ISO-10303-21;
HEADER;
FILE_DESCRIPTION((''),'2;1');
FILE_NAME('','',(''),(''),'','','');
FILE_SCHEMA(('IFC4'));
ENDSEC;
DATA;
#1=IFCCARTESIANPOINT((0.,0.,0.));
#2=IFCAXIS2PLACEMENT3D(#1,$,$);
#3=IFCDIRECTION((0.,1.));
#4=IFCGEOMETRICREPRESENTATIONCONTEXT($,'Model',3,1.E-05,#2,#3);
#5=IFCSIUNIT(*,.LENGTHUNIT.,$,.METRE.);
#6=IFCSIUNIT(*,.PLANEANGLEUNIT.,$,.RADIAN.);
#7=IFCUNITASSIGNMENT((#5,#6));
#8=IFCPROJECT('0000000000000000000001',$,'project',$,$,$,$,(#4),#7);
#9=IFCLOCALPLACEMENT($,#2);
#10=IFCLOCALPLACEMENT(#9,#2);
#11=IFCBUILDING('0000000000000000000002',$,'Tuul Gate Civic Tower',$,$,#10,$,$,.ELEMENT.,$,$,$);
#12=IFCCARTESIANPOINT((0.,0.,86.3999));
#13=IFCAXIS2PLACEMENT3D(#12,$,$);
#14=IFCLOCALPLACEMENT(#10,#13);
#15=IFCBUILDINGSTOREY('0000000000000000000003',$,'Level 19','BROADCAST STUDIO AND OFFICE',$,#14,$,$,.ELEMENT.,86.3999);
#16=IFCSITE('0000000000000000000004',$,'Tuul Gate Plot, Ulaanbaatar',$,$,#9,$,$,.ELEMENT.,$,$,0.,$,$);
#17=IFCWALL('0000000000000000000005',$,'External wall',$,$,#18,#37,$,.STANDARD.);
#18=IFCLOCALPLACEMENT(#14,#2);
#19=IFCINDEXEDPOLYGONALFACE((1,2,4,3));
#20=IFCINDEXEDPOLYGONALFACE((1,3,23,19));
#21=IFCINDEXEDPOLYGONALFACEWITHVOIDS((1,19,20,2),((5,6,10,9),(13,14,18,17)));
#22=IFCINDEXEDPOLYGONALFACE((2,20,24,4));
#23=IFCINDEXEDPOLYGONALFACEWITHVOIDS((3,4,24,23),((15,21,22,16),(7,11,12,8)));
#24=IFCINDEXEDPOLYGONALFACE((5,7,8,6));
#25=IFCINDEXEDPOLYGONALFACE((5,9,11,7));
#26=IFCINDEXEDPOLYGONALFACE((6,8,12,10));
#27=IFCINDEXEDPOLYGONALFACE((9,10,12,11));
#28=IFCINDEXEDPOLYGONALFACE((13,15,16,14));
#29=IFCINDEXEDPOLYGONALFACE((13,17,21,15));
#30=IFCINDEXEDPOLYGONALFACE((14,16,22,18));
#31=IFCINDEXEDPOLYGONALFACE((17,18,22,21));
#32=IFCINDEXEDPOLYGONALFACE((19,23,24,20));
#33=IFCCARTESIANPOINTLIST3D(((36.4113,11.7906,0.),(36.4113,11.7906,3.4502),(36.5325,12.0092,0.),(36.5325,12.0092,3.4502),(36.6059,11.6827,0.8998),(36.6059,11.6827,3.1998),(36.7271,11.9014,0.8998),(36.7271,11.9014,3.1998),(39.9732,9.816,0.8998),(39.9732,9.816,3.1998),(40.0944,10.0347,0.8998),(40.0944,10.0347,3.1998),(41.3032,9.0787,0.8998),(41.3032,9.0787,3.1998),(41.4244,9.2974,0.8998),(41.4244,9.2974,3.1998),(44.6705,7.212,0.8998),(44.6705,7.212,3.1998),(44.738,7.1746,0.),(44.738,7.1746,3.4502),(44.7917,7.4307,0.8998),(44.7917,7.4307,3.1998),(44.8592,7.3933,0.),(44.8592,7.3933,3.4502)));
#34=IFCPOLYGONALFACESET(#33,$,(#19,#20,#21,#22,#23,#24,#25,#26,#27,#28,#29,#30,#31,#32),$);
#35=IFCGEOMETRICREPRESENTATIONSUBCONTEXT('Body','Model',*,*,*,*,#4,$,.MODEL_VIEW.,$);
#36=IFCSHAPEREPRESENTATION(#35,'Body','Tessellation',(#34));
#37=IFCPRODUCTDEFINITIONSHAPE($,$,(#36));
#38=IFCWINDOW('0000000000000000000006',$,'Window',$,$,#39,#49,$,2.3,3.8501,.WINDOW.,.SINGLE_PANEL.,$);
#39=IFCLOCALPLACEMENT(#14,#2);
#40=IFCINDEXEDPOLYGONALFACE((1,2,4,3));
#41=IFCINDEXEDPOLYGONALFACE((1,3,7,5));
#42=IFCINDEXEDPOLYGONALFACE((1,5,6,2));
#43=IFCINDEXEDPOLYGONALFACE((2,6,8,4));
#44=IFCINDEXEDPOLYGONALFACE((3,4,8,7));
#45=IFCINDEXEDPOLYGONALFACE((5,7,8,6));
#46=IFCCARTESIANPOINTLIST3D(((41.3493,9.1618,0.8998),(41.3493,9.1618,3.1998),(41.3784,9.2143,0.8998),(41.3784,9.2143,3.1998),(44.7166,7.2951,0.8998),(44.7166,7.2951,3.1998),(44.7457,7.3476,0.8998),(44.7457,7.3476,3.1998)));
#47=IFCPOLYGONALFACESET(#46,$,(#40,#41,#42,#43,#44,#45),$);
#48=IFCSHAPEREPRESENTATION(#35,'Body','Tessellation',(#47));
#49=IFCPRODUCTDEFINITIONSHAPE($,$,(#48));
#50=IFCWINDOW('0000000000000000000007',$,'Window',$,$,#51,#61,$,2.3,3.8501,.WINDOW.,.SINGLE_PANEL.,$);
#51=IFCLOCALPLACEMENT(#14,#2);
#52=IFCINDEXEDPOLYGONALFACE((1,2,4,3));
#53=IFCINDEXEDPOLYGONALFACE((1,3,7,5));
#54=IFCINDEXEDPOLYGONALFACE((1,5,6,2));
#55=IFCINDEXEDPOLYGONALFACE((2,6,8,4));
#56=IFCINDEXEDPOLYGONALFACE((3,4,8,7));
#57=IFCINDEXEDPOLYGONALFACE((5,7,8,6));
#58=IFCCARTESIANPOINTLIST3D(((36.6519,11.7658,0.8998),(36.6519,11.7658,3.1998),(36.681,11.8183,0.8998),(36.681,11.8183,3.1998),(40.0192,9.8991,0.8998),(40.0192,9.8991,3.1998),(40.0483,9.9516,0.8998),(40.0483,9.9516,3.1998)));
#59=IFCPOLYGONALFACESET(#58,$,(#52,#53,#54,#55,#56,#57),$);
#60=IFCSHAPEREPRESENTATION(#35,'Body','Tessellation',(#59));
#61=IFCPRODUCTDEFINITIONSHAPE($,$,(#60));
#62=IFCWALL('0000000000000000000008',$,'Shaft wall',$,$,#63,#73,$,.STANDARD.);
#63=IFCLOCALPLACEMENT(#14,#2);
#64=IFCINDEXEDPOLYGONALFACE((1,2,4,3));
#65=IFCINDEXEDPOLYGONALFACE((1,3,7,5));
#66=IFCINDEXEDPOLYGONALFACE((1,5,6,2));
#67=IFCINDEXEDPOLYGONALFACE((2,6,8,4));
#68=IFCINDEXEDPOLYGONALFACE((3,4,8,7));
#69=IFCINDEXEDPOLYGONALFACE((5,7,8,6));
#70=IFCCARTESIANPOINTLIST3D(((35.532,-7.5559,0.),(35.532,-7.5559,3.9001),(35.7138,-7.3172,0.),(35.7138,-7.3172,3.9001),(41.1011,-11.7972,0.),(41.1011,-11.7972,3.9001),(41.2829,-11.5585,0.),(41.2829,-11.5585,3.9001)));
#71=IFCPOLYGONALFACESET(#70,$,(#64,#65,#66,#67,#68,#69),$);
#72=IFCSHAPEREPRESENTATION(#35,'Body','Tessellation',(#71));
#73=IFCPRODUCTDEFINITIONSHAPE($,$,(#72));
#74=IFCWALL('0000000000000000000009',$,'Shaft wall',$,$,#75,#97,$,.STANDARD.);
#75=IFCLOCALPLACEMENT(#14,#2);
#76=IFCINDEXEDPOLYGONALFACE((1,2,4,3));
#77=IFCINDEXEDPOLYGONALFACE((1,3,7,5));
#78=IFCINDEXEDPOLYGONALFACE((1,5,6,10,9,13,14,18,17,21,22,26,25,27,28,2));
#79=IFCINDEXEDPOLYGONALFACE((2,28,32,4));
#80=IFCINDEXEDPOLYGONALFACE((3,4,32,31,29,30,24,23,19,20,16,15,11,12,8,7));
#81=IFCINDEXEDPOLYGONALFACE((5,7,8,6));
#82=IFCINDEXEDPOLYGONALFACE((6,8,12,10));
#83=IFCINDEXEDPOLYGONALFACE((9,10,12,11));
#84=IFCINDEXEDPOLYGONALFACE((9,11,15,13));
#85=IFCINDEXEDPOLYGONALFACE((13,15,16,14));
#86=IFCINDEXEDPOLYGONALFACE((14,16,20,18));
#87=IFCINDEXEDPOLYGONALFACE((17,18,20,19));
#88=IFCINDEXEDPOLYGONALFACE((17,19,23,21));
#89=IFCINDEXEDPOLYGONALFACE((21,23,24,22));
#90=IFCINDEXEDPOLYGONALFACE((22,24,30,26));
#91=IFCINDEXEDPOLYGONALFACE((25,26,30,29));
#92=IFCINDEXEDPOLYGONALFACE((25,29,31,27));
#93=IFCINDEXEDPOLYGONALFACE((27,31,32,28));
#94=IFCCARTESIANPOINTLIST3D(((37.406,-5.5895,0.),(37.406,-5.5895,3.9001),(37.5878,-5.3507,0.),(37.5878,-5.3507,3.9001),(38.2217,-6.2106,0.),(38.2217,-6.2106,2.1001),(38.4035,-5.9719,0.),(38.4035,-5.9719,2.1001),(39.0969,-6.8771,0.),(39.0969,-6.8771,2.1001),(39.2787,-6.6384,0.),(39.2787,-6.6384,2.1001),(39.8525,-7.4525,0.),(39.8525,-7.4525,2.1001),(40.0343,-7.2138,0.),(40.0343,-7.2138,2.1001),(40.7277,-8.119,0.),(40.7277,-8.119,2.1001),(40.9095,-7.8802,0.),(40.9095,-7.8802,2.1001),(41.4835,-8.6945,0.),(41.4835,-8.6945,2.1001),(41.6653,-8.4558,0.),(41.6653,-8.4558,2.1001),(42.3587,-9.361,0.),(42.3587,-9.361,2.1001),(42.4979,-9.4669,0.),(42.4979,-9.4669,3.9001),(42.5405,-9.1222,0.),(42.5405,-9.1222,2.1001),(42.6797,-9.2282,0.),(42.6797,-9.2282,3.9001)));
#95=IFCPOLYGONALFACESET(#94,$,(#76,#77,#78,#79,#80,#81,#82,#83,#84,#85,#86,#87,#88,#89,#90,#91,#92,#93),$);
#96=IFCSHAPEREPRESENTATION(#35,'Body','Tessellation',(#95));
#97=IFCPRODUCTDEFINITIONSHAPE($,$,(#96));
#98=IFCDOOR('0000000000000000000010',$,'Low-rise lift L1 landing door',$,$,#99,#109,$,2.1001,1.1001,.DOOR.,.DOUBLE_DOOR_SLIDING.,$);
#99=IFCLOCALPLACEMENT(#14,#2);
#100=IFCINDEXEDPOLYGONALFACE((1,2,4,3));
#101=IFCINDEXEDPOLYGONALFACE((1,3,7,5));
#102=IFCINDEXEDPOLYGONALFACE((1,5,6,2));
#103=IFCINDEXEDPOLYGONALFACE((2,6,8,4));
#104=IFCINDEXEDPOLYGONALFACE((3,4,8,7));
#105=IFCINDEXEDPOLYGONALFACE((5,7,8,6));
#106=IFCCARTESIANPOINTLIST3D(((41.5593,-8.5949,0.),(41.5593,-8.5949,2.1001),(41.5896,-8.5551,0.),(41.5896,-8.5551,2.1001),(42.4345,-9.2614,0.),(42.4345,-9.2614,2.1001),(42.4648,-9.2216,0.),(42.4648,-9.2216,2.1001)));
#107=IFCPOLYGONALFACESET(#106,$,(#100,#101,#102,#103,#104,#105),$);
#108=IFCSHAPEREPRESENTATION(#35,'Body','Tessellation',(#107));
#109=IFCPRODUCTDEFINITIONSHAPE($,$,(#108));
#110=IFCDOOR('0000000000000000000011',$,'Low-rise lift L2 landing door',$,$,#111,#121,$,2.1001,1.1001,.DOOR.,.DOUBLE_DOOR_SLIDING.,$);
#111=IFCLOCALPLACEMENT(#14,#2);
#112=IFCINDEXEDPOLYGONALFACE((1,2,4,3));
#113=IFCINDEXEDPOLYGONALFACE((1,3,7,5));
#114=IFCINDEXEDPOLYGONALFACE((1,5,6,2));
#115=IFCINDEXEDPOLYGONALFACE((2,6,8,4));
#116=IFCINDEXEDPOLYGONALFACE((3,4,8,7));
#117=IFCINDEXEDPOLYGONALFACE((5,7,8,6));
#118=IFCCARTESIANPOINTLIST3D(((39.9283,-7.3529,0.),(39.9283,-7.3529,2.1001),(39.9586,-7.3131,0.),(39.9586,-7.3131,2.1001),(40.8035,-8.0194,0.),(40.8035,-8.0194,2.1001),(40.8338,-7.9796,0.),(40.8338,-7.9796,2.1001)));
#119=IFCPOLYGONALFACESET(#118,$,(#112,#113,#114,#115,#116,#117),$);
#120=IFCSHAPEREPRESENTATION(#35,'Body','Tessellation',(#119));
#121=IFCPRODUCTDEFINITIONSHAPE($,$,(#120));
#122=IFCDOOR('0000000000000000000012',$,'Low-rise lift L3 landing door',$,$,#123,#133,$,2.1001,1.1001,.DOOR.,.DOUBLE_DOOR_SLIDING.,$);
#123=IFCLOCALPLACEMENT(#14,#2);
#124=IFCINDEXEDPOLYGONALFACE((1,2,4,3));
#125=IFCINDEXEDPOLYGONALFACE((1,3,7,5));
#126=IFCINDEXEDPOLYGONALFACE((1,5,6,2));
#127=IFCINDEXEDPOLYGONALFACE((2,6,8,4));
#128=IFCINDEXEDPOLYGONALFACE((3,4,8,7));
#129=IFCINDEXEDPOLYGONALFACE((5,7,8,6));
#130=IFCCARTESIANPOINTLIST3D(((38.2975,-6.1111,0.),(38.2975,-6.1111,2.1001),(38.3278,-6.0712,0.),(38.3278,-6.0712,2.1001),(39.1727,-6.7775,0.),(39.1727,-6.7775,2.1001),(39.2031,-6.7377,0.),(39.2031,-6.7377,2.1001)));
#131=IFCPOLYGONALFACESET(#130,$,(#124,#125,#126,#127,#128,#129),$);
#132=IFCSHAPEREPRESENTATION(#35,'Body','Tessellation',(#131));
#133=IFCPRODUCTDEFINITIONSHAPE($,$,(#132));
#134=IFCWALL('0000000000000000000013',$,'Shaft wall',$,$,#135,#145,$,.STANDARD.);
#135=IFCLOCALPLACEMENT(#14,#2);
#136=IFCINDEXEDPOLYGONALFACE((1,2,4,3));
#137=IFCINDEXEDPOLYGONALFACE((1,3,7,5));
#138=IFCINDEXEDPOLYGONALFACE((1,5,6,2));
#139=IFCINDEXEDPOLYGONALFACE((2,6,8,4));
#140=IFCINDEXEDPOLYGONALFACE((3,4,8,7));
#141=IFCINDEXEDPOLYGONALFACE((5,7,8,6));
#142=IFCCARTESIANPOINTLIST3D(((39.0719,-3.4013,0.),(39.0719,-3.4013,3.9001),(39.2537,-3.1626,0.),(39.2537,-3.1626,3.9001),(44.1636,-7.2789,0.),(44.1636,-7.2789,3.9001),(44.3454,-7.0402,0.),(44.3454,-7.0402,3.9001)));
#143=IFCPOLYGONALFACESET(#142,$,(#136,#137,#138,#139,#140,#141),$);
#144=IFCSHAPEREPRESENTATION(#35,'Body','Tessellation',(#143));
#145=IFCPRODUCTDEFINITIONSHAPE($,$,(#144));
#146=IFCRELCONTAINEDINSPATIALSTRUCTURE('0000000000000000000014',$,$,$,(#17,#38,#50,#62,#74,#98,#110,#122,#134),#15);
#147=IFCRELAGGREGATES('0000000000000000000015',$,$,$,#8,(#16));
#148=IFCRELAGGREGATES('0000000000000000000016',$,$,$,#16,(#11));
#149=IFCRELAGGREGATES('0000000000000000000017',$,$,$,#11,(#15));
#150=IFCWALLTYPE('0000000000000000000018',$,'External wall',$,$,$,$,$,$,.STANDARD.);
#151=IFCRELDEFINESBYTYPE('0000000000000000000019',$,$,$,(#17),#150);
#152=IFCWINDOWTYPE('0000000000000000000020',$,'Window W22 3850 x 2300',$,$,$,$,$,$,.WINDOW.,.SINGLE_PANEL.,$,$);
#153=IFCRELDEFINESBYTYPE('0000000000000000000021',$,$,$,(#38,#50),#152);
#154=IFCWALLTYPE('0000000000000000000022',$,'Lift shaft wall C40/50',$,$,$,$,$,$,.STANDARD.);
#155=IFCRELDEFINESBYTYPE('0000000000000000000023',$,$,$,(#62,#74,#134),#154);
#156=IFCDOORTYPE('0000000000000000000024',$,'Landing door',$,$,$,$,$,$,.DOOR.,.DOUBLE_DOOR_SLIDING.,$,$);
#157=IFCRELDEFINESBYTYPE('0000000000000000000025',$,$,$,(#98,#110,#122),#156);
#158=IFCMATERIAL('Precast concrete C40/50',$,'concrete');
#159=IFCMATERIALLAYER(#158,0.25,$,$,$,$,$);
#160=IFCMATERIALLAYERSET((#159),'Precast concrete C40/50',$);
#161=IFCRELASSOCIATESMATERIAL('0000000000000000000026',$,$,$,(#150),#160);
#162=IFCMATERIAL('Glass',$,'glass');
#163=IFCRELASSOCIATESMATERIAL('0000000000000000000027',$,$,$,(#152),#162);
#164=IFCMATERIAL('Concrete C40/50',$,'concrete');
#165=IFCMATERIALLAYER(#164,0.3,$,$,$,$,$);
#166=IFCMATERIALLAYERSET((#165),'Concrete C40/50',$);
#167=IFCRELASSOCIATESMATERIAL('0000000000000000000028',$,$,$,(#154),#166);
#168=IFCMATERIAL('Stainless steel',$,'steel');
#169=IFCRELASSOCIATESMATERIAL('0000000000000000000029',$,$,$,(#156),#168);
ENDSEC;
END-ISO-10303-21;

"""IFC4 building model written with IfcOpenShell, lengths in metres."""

from ifc_helpers import new_model, si_unit, direction, frame, frame_2d, origin, place, context, subcontext, project, spatial, rectangle, extrude, material, layer, layer_set, type_object, element, fill, save


model = new_model("IFC4")

# Units and contexts
model_context = context("Model", 3, precision=1e-05, world=origin(), true_north=direction((0.0, 1.0)))
body_context = subcontext(model_context, "Body", "Model", "MODEL_VIEW")
ifc_project = project(units=[si_unit("LENGTHUNIT", "METRE"), si_unit("PLANEANGLEUNIT", "RADIAN")], contexts=[model_context])

# Site, building, storey
site_placement = place(None, origin())
site = spatial("IfcSite", under=ifc_project, at=site_placement, Name="Tuul Gate Plot, Ulaanbaatar", CompositionType="ELEMENT", RefElevation=0.0)
building_placement = place(site_placement, origin())
building = spatial("IfcBuilding", under=site, at=building_placement, Name="Tuul Gate Civic Tower", CompositionType="ELEMENT")
storey_placement = place(building_placement, frame((0.0, 0.0, 86.3999)))
storey = spatial("IfcBuildingStorey", under=building, at=storey_placement, Name="Level 19", Description="BROADCAST STUDIO AND OFFICE", CompositionType="ELEMENT", Elevation=86.3999)

# Wall, openings, windows
ifc_material_1 = material(Name="Precast concrete C40/50", Category="concrete")
ifc_layer_1 = layer(ifc_material_1, 0.25)
ifc_layer_set_1 = layer_set([ifc_layer_1], Name="Precast concrete C40/50")
wall_type_1 = type_object("IfcWallType", Name="External wall", PredefinedType="STANDARD", material=ifc_layer_set_1)
wall_1_placement = place(storey_placement, frame((44.7986, 7.2839, 0.0), z_axis=(0.0, 0.0, 1.0), x_axis=(-0.874601, 0.484844, 0.0)))
wall_1 = element("IfcWall", 1, at=wall_1_placement, inside=storey, type_object=wall_type_1, Name="External wall", PredefinedType="STANDARD", context=body_context, shape_type="SweptSolid", body=[
    extrude(rectangle(XDim=9.5205, YDim=0.25, at=frame_2d((4.7603, 0.0))), origin(), (0.0, 0.0, 1.0), 3.4502),
])
opening_1_placement = place(wall_1_placement, frame((0.0771, 0.0, 0.8999)))
opening_1 = element("IfcOpeningElement", 2, at=opening_1_placement, cuts=wall_1, PredefinedType="OPENING", context=body_context, shape_type="SweptSolid", body=[
    extrude(rectangle(XDim=3.8501, YDim=2.3, at=frame_2d((1.925, 1.1499))), frame((0.0, 0.135, 0.0), z_axis=(0.0, -1.0, 0.0), x_axis=(1.0, 0.0, 0.0)), (0.0, 0.0, 1.0), 0.27),
])
opening_2_placement = place(wall_1_placement, frame((5.448, 0.0, 0.8999)))
opening_2 = element("IfcOpeningElement", 3, at=opening_2_placement, cuts=wall_1, PredefinedType="OPENING", context=body_context, shape_type="SweptSolid", body=[
    extrude(rectangle(XDim=3.8501, YDim=2.3, at=frame_2d((1.925, 1.1499))), frame((0.0, 0.135, 0.0), z_axis=(0.0, -1.0, 0.0), x_axis=(1.0, 0.0, 0.0)), (0.0, 0.0, 1.0), 0.27),
])
ifc_material_2 = material(Name="Glass", Category="glass")
window_type = type_object("IfcWindowType", Name="Window W22 3850 x 2300", PartitioningType="SINGLE_PANEL", PredefinedType="WINDOW", material=ifc_material_2)
window_1_placement = place(opening_1_placement, origin())
window_1 = element("IfcWindow", 4, at=window_1_placement, inside=storey, type_object=window_type, Name="Window", OverallHeight=2.3, OverallWidth=3.8501, PartitioningType="SINGLE_PANEL", PredefinedType="WINDOW", context=body_context, shape_type="SweptSolid", body=[
    extrude(rectangle(XDim=3.8501, YDim=2.3, at=frame_2d((1.925, 1.1499))), frame((0.0, 0.03, 0.0), z_axis=(0.0, -1.0, 0.0), x_axis=(1.0, 0.0, 0.0)), (0.0, 0.0, 1.0), 0.0601),
])
fill(opening_1, window_1)
window_2_placement = place(opening_2_placement, origin())
window_2 = element("IfcWindow", 5, at=window_2_placement, inside=storey, type_object=window_type, Name="Window", OverallHeight=2.3, OverallWidth=3.8501, PartitioningType="SINGLE_PANEL", PredefinedType="WINDOW", context=body_context, shape_type="SweptSolid", body=[
    extrude(rectangle(XDim=3.8501, YDim=2.3, at=frame_2d((1.925, 1.1499))), frame((0.0, 0.03, 0.0), z_axis=(0.0, -1.0, 0.0), x_axis=(1.0, 0.0, 0.0)), (0.0, 0.0, 1.0), 0.0601),
])
fill(opening_2, window_2)

# Wall
ifc_material_3 = material(Name="Concrete C40/50", Category="concrete")
ifc_layer_2 = layer(ifc_material_3, 0.3)
ifc_layer_set_2 = layer_set([ifc_layer_2], Name="Concrete C40/50")
wall_type_2 = type_object("IfcWallType", Name="Lift shaft wall C40/50", PredefinedType="STANDARD", material=ifc_layer_set_2)
wall_2_placement = place(storey_placement, frame((41.1919, -11.6777, 0.0), z_axis=(0.0, 0.0, 1.0), x_axis=(-0.795563, 0.605871, 0.0)))
element("IfcWall", 6, at=wall_2_placement, inside=storey, type_object=wall_type_2, Name="Shaft wall", PredefinedType="STANDARD", context=body_context, shape_type="SweptSolid", body=[
    extrude(rectangle(XDim=7.0002, YDim=0.3, at=frame_2d((3.5, 0.0))), origin(), (0.0, 0.0, 1.0), 3.9001),
])

# Wall, openings, doors
wall_3_placement = place(storey_placement, frame((42.5889, -9.3477, 0.0), z_axis=(0.0, 0.0, 1.0), x_axis=(-0.795584, 0.605843, 0.0)))
wall_3 = element("IfcWall", 7, at=wall_3_placement, inside=storey, type_object=wall_type_2, Name="Shaft wall", PredefinedType="STANDARD", context=body_context, shape_type="SweptSolid", body=[
    extrude(rectangle(XDim=6.4001, YDim=0.3, at=frame_2d((3.2002, 0.0))), origin(), (0.0, 0.0, 1.0), 3.9001),
])
opening_3_placement = place(wall_3_placement, frame((0.175, 0.0, 0.0)))
opening_3 = element("IfcOpeningElement", 8, at=opening_3_placement, cuts=wall_3, PredefinedType="OPENING", context=body_context, shape_type="SweptSolid", body=[
    extrude(rectangle(XDim=1.1001, YDim=2.1001, at=frame_2d((0.55, 1.05))), frame((0.0, 0.1602, 0.0), z_axis=(0.0, -1.0, 0.0), x_axis=(1.0, 0.0, 0.0)), (0.0, 0.0, 1.0), 0.3201),
])
opening_4_placement = place(wall_3_placement, frame((2.2251, 0.0, 0.0)))
opening_4 = element("IfcOpeningElement", 9, at=opening_4_placement, cuts=wall_3, PredefinedType="OPENING", context=body_context, shape_type="SweptSolid", body=[
    extrude(rectangle(XDim=1.1001, YDim=2.1001, at=frame_2d((0.55, 1.05))), frame((0.0, 0.1602, 0.0), z_axis=(0.0, -1.0, 0.0), x_axis=(1.0, 0.0, 0.0)), (0.0, 0.0, 1.0), 0.3201),
])
opening_5_placement = place(wall_3_placement, frame((4.2749, 0.0, 0.0)))
opening_5 = element("IfcOpeningElement", 10, at=opening_5_placement, cuts=wall_3, PredefinedType="OPENING", context=body_context, shape_type="SweptSolid", body=[
    extrude(rectangle(XDim=1.1001, YDim=2.1001, at=frame_2d((0.55, 1.05))), frame((0.0, 0.1602, 0.0), z_axis=(0.0, -1.0, 0.0), x_axis=(1.0, 0.0, 0.0)), (0.0, 0.0, 1.0), 0.3201),
])
ifc_material_4 = material(Name="Stainless steel", Category="steel")
door_type_1 = type_object("IfcDoorType", Name="Landing door", OperationType="DOUBLE_DOOR_SLIDING", PredefinedType="DOOR", material=ifc_material_4)
door_1_placement = place(opening_3_placement, origin())
door_1 = element("IfcDoor", 11, at=door_1_placement, inside=storey, type_object=door_type_1, Name="Low-rise lift L1 landing door", OperationType="DOUBLE_DOOR_SLIDING", OverallHeight=2.1001, OverallWidth=1.1001, PredefinedType="DOOR", context=body_context, shape_type="SweptSolid", body=[
    extrude(rectangle(XDim=1.1001, YDim=2.1001, at=frame_2d((0.55, 1.05))), frame((0.0, 0.0249, 0.0), z_axis=(0.0, -1.0, 0.0), x_axis=(1.0, 0.0, 0.0)), (0.0, 0.0, 1.0), 0.05),
])
fill(opening_3, door_1)
door_2_placement = place(opening_4_placement, origin())
door_2 = element("IfcDoor", 12, at=door_2_placement, inside=storey, type_object=door_type_1, Name="Low-rise lift L2 landing door", OperationType="DOUBLE_DOOR_SLIDING", OverallHeight=2.1001, OverallWidth=1.1001, PredefinedType="DOOR", context=body_context, shape_type="SweptSolid", body=[
    extrude(rectangle(XDim=1.1001, YDim=2.1001, at=frame_2d((0.55, 1.05))), frame((0.0, 0.0249, 0.0), z_axis=(0.0, -1.0, 0.0), x_axis=(1.0, 0.0, 0.0)), (0.0, 0.0, 1.0), 0.05),
])
fill(opening_4, door_2)
door_3_placement = place(opening_5_placement, origin())
door_3 = element("IfcDoor", 13, at=door_3_placement, inside=storey, type_object=door_type_1, Name="Low-rise lift L3 landing door", OperationType="DOUBLE_DOOR_SLIDING", OverallHeight=2.1001, OverallWidth=1.1001, PredefinedType="DOOR", context=body_context, shape_type="SweptSolid", body=[
    extrude(rectangle(XDim=1.1001, YDim=2.1001, at=frame_2d((0.55, 1.05))), frame((0.0, 0.0249, 0.0), z_axis=(0.0, -1.0, 0.0), x_axis=(1.0, 0.0, 0.0)), (0.0, 0.0, 1.0), 0.05),
])
fill(opening_5, door_3)

# Wall
wall_4_placement = place(storey_placement, frame((44.2546, -7.1597, 0.0), z_axis=(0.0, 0.0, 1.0), x_axis=(-0.795566, 0.605867, 0.0)))
element("IfcWall", 14, at=wall_4_placement, inside=storey, type_object=wall_type_2, Name="Shaft wall", PredefinedType="STANDARD", context=body_context, shape_type="SweptSolid", body=[
    extrude(rectangle(XDim=6.4001, YDim=0.3, at=frame_2d((3.2002, 0.0))), origin(), (0.0, 0.0, 1.0), 3.9001),
])

save(model, "model.ifc")
